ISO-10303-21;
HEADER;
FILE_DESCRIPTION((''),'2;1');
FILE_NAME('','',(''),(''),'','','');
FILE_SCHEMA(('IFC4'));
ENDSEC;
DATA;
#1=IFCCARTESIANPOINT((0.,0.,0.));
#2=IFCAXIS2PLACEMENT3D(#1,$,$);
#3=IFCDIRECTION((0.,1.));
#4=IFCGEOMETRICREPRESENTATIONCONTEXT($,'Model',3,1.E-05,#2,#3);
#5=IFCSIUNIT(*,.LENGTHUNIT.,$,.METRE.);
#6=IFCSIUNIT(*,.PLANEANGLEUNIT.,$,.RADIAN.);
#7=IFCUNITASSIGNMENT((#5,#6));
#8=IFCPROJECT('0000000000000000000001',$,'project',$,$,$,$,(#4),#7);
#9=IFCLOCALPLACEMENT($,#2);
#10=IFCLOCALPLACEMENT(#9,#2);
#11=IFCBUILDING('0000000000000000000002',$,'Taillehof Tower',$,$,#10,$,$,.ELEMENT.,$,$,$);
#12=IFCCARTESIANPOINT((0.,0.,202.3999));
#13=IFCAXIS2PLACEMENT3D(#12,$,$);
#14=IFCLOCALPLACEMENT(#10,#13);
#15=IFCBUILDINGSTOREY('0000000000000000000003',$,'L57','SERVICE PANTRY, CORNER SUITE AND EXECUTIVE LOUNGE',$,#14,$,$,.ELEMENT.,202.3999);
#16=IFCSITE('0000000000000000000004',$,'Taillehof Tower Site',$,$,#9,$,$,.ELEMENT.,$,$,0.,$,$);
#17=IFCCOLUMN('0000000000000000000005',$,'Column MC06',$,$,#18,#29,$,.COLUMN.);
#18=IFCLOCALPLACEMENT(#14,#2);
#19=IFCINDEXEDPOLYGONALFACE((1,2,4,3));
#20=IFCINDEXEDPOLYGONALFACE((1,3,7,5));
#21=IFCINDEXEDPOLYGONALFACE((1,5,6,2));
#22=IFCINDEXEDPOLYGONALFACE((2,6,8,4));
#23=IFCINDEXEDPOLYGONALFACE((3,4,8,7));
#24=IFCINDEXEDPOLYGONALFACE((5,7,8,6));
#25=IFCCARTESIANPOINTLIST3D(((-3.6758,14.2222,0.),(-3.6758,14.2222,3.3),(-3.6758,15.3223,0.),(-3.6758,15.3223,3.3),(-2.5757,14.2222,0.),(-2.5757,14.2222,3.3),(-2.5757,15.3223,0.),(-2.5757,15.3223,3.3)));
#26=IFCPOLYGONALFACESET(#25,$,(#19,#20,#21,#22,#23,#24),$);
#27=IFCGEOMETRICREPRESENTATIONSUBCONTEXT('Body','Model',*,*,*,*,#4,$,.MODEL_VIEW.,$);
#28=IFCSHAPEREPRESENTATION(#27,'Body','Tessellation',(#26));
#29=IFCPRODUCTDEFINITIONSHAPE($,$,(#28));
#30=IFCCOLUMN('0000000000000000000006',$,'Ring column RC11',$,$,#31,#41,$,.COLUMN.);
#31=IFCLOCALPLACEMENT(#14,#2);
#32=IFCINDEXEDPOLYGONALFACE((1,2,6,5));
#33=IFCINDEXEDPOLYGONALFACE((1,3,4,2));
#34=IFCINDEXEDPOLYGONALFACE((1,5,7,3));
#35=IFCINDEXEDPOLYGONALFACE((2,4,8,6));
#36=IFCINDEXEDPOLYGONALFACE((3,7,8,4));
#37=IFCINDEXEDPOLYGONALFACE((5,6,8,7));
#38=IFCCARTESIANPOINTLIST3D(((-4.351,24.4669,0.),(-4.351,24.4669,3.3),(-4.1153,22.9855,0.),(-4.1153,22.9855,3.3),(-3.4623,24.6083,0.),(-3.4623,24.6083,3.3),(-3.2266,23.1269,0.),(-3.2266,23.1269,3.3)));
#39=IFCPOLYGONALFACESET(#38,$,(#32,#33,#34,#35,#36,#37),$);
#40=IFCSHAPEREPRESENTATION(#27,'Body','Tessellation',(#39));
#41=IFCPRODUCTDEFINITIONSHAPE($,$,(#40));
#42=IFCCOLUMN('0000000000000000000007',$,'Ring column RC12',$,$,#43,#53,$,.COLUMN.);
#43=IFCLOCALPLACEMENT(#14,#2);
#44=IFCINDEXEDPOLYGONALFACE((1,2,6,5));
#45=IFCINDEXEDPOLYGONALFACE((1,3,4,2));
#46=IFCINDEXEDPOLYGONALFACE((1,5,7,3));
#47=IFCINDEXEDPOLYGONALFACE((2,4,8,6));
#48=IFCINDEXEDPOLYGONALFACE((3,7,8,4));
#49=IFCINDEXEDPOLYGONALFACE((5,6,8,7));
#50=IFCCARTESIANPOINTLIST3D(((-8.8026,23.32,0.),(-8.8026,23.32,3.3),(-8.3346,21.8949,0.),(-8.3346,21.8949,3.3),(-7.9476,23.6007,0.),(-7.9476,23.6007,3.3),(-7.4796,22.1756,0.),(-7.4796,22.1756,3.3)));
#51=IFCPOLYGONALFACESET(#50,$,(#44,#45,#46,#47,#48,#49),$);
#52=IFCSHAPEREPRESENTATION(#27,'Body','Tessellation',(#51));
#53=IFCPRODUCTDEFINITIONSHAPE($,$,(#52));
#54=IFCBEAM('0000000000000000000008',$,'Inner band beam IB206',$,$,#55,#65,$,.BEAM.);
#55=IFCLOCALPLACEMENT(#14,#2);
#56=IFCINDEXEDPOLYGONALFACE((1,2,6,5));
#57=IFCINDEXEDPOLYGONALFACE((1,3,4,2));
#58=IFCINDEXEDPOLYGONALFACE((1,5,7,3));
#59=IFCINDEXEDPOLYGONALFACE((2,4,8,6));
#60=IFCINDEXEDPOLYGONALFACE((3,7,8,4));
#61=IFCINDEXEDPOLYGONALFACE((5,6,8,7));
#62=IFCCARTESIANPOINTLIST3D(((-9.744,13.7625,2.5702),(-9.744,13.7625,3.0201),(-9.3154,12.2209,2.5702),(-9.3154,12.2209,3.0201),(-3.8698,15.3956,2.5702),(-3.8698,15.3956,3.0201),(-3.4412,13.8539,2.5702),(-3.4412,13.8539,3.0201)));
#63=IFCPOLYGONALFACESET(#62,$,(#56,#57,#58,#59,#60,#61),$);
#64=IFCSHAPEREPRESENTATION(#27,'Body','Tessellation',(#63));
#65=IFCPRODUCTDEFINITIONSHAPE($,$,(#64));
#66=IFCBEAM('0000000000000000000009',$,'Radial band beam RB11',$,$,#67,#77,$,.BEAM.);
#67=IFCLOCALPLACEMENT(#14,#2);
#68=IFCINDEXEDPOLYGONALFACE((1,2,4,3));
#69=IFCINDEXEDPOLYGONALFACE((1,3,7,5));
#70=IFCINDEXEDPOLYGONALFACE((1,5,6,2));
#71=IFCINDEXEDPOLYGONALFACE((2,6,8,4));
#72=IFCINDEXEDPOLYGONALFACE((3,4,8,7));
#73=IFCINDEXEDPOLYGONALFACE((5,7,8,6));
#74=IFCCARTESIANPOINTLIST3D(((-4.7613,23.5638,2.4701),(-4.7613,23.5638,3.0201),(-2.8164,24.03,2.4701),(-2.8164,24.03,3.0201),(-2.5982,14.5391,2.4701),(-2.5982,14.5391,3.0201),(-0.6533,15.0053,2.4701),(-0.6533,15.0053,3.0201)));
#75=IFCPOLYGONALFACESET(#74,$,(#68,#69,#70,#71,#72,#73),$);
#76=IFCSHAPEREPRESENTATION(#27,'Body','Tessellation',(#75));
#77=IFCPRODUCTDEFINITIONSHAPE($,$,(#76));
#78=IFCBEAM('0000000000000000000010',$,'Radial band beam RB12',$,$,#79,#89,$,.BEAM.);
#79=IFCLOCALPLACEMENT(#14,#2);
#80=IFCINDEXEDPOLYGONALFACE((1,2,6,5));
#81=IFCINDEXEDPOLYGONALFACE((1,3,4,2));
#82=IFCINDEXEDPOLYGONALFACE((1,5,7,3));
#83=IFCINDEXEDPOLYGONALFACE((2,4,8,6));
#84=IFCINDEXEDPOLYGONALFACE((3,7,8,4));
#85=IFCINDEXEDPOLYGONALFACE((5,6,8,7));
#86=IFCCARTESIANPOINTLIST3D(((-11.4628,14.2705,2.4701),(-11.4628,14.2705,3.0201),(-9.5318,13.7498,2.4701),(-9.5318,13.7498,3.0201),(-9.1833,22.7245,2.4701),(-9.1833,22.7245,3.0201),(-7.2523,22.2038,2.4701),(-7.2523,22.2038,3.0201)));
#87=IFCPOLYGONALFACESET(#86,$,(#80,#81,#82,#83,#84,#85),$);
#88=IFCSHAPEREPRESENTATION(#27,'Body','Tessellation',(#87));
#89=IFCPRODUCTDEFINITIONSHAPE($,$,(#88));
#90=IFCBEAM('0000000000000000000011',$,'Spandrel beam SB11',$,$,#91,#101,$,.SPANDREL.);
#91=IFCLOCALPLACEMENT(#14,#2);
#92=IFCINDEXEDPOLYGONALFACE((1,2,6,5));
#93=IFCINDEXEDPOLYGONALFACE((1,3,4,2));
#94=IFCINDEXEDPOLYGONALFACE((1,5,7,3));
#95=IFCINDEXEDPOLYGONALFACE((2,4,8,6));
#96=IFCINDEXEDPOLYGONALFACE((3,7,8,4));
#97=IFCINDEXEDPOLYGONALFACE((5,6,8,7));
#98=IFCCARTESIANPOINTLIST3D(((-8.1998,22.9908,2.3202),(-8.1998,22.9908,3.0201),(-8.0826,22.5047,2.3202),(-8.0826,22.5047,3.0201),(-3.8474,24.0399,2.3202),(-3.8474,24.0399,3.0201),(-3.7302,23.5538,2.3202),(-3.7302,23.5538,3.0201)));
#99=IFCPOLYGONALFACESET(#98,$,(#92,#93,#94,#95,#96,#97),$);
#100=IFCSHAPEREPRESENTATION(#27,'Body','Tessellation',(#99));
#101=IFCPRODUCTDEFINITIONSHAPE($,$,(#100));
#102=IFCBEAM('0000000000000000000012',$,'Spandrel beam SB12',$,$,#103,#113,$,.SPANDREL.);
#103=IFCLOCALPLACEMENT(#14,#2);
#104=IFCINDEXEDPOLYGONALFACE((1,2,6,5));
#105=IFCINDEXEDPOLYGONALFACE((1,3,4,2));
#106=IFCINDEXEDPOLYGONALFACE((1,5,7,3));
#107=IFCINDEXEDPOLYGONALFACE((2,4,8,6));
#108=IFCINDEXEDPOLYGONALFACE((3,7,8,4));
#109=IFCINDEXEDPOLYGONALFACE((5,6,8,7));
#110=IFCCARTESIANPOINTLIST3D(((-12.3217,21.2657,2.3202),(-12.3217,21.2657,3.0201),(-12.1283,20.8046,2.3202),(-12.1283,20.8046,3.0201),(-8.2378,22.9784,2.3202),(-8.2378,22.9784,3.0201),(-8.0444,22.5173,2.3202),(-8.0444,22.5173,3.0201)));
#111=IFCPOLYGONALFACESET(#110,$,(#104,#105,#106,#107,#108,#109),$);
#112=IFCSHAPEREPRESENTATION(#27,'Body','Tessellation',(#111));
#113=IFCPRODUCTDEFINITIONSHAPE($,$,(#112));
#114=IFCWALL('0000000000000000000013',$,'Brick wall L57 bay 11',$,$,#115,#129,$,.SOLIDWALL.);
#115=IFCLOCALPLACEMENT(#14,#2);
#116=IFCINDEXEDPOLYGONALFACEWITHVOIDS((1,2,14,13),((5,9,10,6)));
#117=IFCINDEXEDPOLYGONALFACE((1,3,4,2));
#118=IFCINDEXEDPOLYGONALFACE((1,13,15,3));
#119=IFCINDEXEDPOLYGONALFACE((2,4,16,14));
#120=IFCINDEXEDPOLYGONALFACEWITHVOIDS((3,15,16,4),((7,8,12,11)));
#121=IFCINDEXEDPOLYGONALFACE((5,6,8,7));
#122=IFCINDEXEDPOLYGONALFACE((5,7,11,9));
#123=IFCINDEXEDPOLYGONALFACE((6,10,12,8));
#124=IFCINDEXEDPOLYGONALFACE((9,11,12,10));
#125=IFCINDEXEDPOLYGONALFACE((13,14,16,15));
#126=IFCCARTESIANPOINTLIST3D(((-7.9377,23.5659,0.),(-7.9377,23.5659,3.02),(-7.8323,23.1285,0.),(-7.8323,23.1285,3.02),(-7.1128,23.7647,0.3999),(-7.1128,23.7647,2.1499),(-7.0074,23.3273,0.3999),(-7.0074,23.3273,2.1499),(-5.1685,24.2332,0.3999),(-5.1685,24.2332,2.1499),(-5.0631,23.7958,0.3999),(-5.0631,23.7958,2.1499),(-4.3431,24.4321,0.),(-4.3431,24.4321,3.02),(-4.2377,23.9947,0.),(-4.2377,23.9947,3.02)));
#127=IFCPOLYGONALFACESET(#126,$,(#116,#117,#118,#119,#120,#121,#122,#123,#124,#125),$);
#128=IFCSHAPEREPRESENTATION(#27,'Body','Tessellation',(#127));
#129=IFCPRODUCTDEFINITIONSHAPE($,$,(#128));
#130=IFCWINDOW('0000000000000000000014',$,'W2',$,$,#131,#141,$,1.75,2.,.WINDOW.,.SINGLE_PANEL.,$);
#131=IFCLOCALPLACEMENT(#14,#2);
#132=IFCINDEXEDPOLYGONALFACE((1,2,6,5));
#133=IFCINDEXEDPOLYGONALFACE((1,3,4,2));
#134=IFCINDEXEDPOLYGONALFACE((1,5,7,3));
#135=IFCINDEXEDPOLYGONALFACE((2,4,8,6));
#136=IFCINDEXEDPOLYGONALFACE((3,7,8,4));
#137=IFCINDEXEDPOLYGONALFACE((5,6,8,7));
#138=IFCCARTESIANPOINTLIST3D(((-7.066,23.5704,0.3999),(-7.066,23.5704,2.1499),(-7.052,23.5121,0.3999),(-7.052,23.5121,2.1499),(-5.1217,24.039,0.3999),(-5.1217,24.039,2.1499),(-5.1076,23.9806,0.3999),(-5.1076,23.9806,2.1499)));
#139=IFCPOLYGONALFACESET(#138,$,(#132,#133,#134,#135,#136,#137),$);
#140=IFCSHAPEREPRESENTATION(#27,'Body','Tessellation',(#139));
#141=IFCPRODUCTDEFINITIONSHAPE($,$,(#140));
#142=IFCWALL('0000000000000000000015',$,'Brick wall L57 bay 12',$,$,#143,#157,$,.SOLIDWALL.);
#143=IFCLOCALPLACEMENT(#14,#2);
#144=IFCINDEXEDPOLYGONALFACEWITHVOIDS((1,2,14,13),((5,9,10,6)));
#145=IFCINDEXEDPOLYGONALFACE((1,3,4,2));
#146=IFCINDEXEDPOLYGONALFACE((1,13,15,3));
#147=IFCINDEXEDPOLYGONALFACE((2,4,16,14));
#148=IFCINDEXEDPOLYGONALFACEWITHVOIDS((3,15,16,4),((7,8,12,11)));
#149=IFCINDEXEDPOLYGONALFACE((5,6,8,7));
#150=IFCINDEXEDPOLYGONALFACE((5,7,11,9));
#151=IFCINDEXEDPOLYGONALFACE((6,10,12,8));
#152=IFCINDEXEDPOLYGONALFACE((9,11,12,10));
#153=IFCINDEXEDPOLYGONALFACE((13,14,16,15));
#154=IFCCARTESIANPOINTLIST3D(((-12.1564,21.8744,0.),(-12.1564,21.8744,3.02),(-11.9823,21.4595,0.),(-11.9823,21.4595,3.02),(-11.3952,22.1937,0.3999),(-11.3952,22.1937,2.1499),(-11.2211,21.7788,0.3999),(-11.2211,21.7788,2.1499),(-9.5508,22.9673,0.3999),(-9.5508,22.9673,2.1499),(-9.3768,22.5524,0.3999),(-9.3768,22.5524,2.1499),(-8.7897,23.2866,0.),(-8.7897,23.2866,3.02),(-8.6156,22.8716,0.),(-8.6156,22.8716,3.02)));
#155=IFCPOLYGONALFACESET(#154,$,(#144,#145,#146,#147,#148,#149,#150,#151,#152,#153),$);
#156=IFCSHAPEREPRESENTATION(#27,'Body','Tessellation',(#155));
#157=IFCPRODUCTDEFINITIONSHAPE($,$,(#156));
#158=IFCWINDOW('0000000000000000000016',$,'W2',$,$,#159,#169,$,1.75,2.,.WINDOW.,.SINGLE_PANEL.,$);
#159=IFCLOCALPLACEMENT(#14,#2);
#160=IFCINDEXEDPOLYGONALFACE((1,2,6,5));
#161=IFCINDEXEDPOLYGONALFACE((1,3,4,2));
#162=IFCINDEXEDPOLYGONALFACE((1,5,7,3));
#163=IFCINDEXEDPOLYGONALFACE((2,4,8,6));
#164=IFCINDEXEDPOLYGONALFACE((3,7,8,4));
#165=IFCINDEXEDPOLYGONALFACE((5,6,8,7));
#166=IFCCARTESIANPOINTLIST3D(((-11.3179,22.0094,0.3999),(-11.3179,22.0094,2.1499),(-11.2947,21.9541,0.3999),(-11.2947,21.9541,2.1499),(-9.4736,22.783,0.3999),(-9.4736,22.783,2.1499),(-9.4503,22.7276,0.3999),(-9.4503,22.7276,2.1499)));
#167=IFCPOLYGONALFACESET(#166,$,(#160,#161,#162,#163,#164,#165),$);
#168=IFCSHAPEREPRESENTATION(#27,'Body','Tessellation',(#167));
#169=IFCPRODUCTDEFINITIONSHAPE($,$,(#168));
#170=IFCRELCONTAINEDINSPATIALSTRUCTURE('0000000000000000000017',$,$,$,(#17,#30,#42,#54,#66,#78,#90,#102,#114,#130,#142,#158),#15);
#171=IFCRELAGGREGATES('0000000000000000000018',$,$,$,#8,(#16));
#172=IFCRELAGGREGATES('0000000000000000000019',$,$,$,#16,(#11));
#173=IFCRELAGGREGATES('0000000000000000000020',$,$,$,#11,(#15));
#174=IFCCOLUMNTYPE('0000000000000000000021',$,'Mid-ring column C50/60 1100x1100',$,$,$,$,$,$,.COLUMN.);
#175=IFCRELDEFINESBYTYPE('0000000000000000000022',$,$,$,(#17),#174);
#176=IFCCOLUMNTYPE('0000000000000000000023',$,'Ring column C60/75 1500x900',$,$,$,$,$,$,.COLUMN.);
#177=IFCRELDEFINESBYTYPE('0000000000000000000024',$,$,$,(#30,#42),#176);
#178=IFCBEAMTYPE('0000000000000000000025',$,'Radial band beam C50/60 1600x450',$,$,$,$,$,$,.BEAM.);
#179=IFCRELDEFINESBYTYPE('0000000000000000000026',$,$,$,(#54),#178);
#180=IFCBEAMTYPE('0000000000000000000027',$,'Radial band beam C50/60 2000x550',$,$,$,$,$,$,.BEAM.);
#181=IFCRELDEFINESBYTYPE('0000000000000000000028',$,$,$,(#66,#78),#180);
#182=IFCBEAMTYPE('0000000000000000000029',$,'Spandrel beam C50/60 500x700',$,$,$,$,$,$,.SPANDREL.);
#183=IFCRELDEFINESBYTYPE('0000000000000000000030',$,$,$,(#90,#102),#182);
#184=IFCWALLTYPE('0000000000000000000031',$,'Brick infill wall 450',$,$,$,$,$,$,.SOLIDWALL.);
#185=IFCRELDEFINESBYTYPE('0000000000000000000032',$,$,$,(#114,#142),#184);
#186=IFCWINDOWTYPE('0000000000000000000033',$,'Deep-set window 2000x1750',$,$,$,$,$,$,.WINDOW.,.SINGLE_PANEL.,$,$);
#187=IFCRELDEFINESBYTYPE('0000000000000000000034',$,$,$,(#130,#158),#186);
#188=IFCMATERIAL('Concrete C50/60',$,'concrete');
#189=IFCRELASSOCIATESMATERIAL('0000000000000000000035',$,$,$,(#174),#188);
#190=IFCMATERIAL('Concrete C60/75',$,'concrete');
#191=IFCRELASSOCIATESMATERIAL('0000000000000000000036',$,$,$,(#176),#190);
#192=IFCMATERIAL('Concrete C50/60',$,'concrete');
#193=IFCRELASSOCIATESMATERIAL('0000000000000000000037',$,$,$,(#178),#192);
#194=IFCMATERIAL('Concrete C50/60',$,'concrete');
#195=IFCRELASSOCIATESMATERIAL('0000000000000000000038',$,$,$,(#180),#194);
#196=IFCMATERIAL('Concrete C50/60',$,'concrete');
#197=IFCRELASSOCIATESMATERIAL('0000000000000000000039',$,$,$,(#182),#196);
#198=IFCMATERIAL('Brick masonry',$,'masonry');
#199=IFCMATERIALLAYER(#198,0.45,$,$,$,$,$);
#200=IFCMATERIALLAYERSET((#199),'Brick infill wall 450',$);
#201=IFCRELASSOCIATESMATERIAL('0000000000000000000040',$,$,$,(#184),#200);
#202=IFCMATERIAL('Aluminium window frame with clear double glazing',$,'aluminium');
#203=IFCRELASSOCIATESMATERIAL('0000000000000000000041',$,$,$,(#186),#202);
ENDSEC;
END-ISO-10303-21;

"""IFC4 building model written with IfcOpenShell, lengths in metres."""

from ifc_helpers import new_model, si_unit, direction, frame, frame_2d, origin, origin_2d, place, context, subcontext, project, spatial, rectangle, extrude, material, layer, layer_set, material_profile, profile_set, type_object, element, fill, save


model = new_model("IFC4")

# Units and contexts
model_context = context("Model", 3, precision=1e-05, world=origin(), true_north=direction((0.0, 1.0)))
body_context = subcontext(model_context, "Body", "Model", "MODEL_VIEW")
ifc_project = project(units=[si_unit("LENGTHUNIT", "METRE"), si_unit("PLANEANGLEUNIT", "RADIAN")], contexts=[model_context])

# Site, building, storey
site_placement = place(None, origin())
site = spatial("IfcSite", under=ifc_project, at=site_placement, Name="Taillehof Tower Site", CompositionType="ELEMENT", RefElevation=0.0)
building_placement = place(site_placement, origin())
building = spatial("IfcBuilding", under=site, at=building_placement, Name="Taillehof Tower", CompositionType="ELEMENT")
storey_placement = place(building_placement, frame((0.0, 0.0, 202.3999)))
storey = spatial("IfcBuildingStorey", under=building, at=storey_placement, Name="L57", Description="SERVICE PANTRY, CORNER SUITE AND EXECUTIVE LOUNGE", CompositionType="ELEMENT", Elevation=202.3999)

# Columns
ifc_material_1 = material(Name="Concrete C50/60", Category="concrete")
ifc_material_profile_1 = material_profile(ifc_material_1, rectangle(XDim=1.1001, YDim=1.1001, at=origin_2d()), Name="RC 1100x1100")
ifc_profile_set_1 = profile_set([ifc_material_profile_1], Name="Concrete C50/60")
column_type_1 = type_object("IfcColumnType", Name="Mid-ring column C50/60 1100x1100", PredefinedType="COLUMN", material=ifc_profile_set_1)
column_placement = place(storey_placement, frame((-3.1257, 14.7722, 0.0), z_axis=(0.0, 0.0, 1.0), x_axis=(1.0, 0.0, 0.0)))
element("IfcColumn", 1, at=column_placement, inside=storey, type_object=column_type_1, Name="Column MC06", PredefinedType="COLUMN", context=body_context, shape_type="SweptSolid", body=[
    extrude(rectangle(XDim=1.1001, YDim=1.1001, at=origin_2d()), origin(), (0.0, 0.0, 1.0), 3.3),
])
ifc_material_2 = material(Name="Concrete C60/75", Category="concrete")
ifc_material_profile_2 = material_profile(ifc_material_2, rectangle(XDim=1.5, YDim=0.8999, at=origin_2d()), Name="RC 1500x900")
ifc_profile_set_2 = profile_set([ifc_material_profile_2], Name="Concrete C60/75")
column_type_2 = type_object("IfcColumnType", Name="Ring column C60/75 1500x900", PredefinedType="COLUMN", material=ifc_profile_set_2)
for number, where, z_axis, x_axis, name in (
    (2, (-3.7888, 23.7969, 0.0), (0.0, 0.0, 1.0), (-0.157116, 0.98758, 0.0), "Ring column RC11"),
    (3, (-8.1411, 22.7478, 0.0), (0.0, 0.0, 1.0), (-0.312001, 0.950082, 0.0), "Ring column RC12"),
):
    element("IfcColumn", number, at=place(storey_placement, frame(where, z_axis=z_axis, x_axis=x_axis)), inside=storey, type_object=column_type_2, Name=name, PredefinedType="COLUMN", context=body_context, shape_type="SweptSolid", body=[
        extrude(rectangle(XDim=1.5, YDim=0.8999, at=origin_2d()), origin(), (0.0, 0.0, 1.0), 3.3),
    ])

# Beams
ifc_material_3 = material(Name="Concrete C50/60", Category="concrete")
ifc_material_profile_3 = material_profile(ifc_material_3, rectangle(XDim=1.6001, YDim=0.45, at=origin_2d()), Name="RC 1600x450")
ifc_profile_set_3 = profile_set([ifc_material_profile_3], Name="Concrete C50/60")
beam_type_1 = type_object("IfcBeamType", Name="Radial band beam C50/60 1600x450", PredefinedType="BEAM", material=ifc_profile_set_3)
beam_1_placement = place(storey_placement, frame((-3.6555, 14.6248, 2.7952), z_axis=(-0.963459, -0.267855, 0.0), x_axis=(0.267855, -0.963459, 0.0)))
element("IfcBeam", 4, at=beam_1_placement, inside=storey, type_object=beam_type_1, Name="Inner band beam IB206", PredefinedType="BEAM", context=body_context, shape_type="SweptSolid", body=[
    extrude(rectangle(XDim=1.6001, YDim=0.45, at=origin_2d()), origin(), (0.0, 0.0, 1.0), 6.0969),
])
ifc_material_4 = material(Name="Concrete C50/60", Category="concrete")
ifc_material_profile_4 = material_profile(ifc_material_4, rectangle(XDim=2.0, YDim=0.55, at=origin_2d()), Name="RC 2000x550")
ifc_profile_set_4 = profile_set([ifc_material_profile_4], Name="Concrete C50/60")
beam_type_2 = type_object("IfcBeamType", Name="Radial band beam C50/60 2000x550", PredefinedType="BEAM", material=ifc_profile_set_4)
beam_2_placement = place(storey_placement, frame((-3.7888, 23.7969, 2.7451), z_axis=(0.233084, -0.972457, 0.0), x_axis=(0.972457, 0.233084, 0.0)))
element("IfcBeam", 5, at=beam_2_placement, inside=storey, type_object=beam_type_2, Name="Radial band beam RB11", PredefinedType="BEAM", context=body_context, shape_type="SweptSolid", body=[
    extrude(rectangle(XDim=2.0, YDim=0.55, at=origin_2d()), origin(), (0.0, 0.0, 1.0), 9.2803),
])
beam_3_placement = place(storey_placement, frame((-8.2178, 22.4641, 2.7451), z_axis=(-0.260346, -0.965515, 0.0), x_axis=(0.965515, -0.260346, 0.0)))
element("IfcBeam", 6, at=beam_3_placement, inside=storey, type_object=beam_type_2, Name="Radial band beam RB12", PredefinedType="BEAM", context=body_context, shape_type="SweptSolid", body=[
    extrude(rectangle(XDim=2.0, YDim=0.55, at=origin_2d()), origin(), (0.0, 0.0, 1.0), 8.7559),
])
ifc_material_5 = material(Name="Concrete C50/60", Category="concrete")
ifc_material_profile_5 = material_profile(ifc_material_5, rectangle(XDim=0.5, YDim=0.7, at=origin_2d()), Name="RC 500x700")
ifc_profile_set_5 = profile_set([ifc_material_profile_5], Name="Concrete C50/60")
beam_type_3 = type_object("IfcBeamType", Name="Spandrel beam C50/60 500x700", PredefinedType="SPANDREL", material=ifc_profile_set_5)
beam_4_placement = place(storey_placement, frame((-3.7888, 23.7969, 2.6702), z_axis=(-0.972158, -0.234328, 0.0), x_axis=(0.234328, -0.972158, 0.0)))
element("IfcBeam", 7, at=beam_4_placement, inside=storey, type_object=beam_type_3, Name="Spandrel beam SB11", PredefinedType="SPANDREL", context=body_context, shape_type="SweptSolid", body=[
    extrude(rectangle(XDim=0.5, YDim=0.7, at=origin_2d()), origin(), (0.0, 0.0, 1.0), 4.4771),
])
beam_5_placement = place(storey_placement, frame((-8.1411, 22.7478, 2.6702), z_axis=(-0.922194, -0.386728, 0.0), x_axis=(0.386728, -0.922194, 0.0)))
element("IfcBeam", 8, at=beam_5_placement, inside=storey, type_object=beam_type_3, Name="Spandrel beam SB12", PredefinedType="SPANDREL", context=body_context, shape_type="SweptSolid", body=[
    extrude(rectangle(XDim=0.5, YDim=0.7, at=origin_2d()), origin(), (0.0, 0.0, 1.0), 4.4285),
])

# Walls, openings, windows
ifc_material_6 = material(Name="Brick masonry", Category="masonry")
ifc_layer_1 = layer(ifc_material_6, 0.45)
ifc_layer_set_1 = layer_set([ifc_layer_1], Name="Brick infill wall 450")
wall_type_1 = type_object("IfcWallType", Name="Brick infill wall 450", PredefinedType="SOLIDWALL", material=ifc_layer_set_1)
wall_1_placement = place(storey_placement, frame((-4.2905, 24.2134, 0.0), z_axis=(0.0, 0.0, 1.0), x_axis=(-0.972174, -0.234262, 0.0)))
wall_1 = element("IfcWall", 9, at=wall_1_placement, inside=storey, type_object=wall_type_1, Name="Brick wall L57 bay 11", PredefinedType="SOLIDWALL", context=body_context, shape_type="SweptSolid", body=[
    extrude(rectangle(XDim=3.6975, YDim=0.45, at=frame_2d((1.8486, 0.0))), origin(), (0.0, 0.0, 1.0), 3.02),
])
opening_1_placement = place(wall_1_placement, frame((0.8489, 0.0, 0.3999)))
opening_1 = element("IfcOpeningElement", 10, at=opening_1_placement, cuts=wall_1, PredefinedType="OPENING", context=body_context, shape_type="SweptSolid", body=[
    extrude(rectangle(XDim=2.0, YDim=1.75, at=frame_2d((1.0, 0.875))), frame((0.0, 0.2349, 0.0), z_axis=(0.0, -1.0, 0.0), x_axis=(1.0, 0.0, 0.0)), (0.0, 0.0, 1.0), 0.47),
])
ifc_material_7 = material(Name="Aluminium window frame with clear double glazing", Category="aluminium")
window_type = type_object("IfcWindowType", Name="Deep-set window 2000x1750", PartitioningType="SINGLE_PANEL", PredefinedType="WINDOW", material=ifc_material_7)
window_1_placement = place(opening_1_placement, origin())
window_1 = element("IfcWindow", 11, at=window_1_placement, inside=storey, type_object=window_type, Name="W2", OverallHeight=1.75, OverallWidth=2.0, PartitioningType="SINGLE_PANEL", PredefinedType="WINDOW", context=body_context, shape_type="SweptSolid", body=[
    extrude(rectangle(XDim=2.0, YDim=1.75, at=frame_2d((1.0, 0.875))), frame((0.0, 0.0349, 0.0), z_axis=(0.0, -1.0, 0.0), x_axis=(1.0, 0.0, 0.0)), (0.0, 0.0, 1.0), 0.0601),
])
fill(opening_1, window_1)
wall_2_placement = place(storey_placement, frame((-8.7026, 23.0791, 0.0), z_axis=(0.0, 0.0, 1.0), x_axis=(-0.922168, -0.386789, 0.0)))
wall_2 = element("IfcWall", 12, at=wall_2_placement, inside=storey, type_object=wall_type_1, Name="Brick wall L57 bay 12", PredefinedType="SOLIDWALL", context=body_context, shape_type="SweptSolid", body=[
    extrude(rectangle(XDim=3.6509, YDim=0.45, at=frame_2d((1.8254, 0.0))), origin(), (0.0, 0.0, 1.0), 3.02),
])
opening_2_placement = place(wall_2_placement, frame((0.8254, 0.0, 0.3999)))
opening_2 = element("IfcOpeningElement", 13, at=opening_2_placement, cuts=wall_2, PredefinedType="OPENING", context=body_context, shape_type="SweptSolid", body=[
    extrude(rectangle(XDim=2.0, YDim=1.75, at=frame_2d((1.0, 0.875))), frame((0.0, 0.2349, 0.0), z_axis=(0.0, -1.0, 0.0), x_axis=(1.0, 0.0, 0.0)), (0.0, 0.0, 1.0), 0.47),
])
window_2_placement = place(opening_2_placement, origin())
window_2 = element("IfcWindow", 14, at=window_2_placement, inside=storey, type_object=window_type, Name="W2", OverallHeight=1.75, OverallWidth=2.0, PartitioningType="SINGLE_PANEL", PredefinedType="WINDOW", context=body_context, shape_type="SweptSolid", body=[
    extrude(rectangle(XDim=2.0, YDim=1.75, at=frame_2d((1.0, 0.875))), frame((0.0, 0.0349, 0.0), z_axis=(0.0, -1.0, 0.0), x_axis=(1.0, 0.0, 0.0)), (0.0, 0.0, 1.0), 0.0601),
])
fill(opening_2, window_2)

save(model, "model.ifc")
